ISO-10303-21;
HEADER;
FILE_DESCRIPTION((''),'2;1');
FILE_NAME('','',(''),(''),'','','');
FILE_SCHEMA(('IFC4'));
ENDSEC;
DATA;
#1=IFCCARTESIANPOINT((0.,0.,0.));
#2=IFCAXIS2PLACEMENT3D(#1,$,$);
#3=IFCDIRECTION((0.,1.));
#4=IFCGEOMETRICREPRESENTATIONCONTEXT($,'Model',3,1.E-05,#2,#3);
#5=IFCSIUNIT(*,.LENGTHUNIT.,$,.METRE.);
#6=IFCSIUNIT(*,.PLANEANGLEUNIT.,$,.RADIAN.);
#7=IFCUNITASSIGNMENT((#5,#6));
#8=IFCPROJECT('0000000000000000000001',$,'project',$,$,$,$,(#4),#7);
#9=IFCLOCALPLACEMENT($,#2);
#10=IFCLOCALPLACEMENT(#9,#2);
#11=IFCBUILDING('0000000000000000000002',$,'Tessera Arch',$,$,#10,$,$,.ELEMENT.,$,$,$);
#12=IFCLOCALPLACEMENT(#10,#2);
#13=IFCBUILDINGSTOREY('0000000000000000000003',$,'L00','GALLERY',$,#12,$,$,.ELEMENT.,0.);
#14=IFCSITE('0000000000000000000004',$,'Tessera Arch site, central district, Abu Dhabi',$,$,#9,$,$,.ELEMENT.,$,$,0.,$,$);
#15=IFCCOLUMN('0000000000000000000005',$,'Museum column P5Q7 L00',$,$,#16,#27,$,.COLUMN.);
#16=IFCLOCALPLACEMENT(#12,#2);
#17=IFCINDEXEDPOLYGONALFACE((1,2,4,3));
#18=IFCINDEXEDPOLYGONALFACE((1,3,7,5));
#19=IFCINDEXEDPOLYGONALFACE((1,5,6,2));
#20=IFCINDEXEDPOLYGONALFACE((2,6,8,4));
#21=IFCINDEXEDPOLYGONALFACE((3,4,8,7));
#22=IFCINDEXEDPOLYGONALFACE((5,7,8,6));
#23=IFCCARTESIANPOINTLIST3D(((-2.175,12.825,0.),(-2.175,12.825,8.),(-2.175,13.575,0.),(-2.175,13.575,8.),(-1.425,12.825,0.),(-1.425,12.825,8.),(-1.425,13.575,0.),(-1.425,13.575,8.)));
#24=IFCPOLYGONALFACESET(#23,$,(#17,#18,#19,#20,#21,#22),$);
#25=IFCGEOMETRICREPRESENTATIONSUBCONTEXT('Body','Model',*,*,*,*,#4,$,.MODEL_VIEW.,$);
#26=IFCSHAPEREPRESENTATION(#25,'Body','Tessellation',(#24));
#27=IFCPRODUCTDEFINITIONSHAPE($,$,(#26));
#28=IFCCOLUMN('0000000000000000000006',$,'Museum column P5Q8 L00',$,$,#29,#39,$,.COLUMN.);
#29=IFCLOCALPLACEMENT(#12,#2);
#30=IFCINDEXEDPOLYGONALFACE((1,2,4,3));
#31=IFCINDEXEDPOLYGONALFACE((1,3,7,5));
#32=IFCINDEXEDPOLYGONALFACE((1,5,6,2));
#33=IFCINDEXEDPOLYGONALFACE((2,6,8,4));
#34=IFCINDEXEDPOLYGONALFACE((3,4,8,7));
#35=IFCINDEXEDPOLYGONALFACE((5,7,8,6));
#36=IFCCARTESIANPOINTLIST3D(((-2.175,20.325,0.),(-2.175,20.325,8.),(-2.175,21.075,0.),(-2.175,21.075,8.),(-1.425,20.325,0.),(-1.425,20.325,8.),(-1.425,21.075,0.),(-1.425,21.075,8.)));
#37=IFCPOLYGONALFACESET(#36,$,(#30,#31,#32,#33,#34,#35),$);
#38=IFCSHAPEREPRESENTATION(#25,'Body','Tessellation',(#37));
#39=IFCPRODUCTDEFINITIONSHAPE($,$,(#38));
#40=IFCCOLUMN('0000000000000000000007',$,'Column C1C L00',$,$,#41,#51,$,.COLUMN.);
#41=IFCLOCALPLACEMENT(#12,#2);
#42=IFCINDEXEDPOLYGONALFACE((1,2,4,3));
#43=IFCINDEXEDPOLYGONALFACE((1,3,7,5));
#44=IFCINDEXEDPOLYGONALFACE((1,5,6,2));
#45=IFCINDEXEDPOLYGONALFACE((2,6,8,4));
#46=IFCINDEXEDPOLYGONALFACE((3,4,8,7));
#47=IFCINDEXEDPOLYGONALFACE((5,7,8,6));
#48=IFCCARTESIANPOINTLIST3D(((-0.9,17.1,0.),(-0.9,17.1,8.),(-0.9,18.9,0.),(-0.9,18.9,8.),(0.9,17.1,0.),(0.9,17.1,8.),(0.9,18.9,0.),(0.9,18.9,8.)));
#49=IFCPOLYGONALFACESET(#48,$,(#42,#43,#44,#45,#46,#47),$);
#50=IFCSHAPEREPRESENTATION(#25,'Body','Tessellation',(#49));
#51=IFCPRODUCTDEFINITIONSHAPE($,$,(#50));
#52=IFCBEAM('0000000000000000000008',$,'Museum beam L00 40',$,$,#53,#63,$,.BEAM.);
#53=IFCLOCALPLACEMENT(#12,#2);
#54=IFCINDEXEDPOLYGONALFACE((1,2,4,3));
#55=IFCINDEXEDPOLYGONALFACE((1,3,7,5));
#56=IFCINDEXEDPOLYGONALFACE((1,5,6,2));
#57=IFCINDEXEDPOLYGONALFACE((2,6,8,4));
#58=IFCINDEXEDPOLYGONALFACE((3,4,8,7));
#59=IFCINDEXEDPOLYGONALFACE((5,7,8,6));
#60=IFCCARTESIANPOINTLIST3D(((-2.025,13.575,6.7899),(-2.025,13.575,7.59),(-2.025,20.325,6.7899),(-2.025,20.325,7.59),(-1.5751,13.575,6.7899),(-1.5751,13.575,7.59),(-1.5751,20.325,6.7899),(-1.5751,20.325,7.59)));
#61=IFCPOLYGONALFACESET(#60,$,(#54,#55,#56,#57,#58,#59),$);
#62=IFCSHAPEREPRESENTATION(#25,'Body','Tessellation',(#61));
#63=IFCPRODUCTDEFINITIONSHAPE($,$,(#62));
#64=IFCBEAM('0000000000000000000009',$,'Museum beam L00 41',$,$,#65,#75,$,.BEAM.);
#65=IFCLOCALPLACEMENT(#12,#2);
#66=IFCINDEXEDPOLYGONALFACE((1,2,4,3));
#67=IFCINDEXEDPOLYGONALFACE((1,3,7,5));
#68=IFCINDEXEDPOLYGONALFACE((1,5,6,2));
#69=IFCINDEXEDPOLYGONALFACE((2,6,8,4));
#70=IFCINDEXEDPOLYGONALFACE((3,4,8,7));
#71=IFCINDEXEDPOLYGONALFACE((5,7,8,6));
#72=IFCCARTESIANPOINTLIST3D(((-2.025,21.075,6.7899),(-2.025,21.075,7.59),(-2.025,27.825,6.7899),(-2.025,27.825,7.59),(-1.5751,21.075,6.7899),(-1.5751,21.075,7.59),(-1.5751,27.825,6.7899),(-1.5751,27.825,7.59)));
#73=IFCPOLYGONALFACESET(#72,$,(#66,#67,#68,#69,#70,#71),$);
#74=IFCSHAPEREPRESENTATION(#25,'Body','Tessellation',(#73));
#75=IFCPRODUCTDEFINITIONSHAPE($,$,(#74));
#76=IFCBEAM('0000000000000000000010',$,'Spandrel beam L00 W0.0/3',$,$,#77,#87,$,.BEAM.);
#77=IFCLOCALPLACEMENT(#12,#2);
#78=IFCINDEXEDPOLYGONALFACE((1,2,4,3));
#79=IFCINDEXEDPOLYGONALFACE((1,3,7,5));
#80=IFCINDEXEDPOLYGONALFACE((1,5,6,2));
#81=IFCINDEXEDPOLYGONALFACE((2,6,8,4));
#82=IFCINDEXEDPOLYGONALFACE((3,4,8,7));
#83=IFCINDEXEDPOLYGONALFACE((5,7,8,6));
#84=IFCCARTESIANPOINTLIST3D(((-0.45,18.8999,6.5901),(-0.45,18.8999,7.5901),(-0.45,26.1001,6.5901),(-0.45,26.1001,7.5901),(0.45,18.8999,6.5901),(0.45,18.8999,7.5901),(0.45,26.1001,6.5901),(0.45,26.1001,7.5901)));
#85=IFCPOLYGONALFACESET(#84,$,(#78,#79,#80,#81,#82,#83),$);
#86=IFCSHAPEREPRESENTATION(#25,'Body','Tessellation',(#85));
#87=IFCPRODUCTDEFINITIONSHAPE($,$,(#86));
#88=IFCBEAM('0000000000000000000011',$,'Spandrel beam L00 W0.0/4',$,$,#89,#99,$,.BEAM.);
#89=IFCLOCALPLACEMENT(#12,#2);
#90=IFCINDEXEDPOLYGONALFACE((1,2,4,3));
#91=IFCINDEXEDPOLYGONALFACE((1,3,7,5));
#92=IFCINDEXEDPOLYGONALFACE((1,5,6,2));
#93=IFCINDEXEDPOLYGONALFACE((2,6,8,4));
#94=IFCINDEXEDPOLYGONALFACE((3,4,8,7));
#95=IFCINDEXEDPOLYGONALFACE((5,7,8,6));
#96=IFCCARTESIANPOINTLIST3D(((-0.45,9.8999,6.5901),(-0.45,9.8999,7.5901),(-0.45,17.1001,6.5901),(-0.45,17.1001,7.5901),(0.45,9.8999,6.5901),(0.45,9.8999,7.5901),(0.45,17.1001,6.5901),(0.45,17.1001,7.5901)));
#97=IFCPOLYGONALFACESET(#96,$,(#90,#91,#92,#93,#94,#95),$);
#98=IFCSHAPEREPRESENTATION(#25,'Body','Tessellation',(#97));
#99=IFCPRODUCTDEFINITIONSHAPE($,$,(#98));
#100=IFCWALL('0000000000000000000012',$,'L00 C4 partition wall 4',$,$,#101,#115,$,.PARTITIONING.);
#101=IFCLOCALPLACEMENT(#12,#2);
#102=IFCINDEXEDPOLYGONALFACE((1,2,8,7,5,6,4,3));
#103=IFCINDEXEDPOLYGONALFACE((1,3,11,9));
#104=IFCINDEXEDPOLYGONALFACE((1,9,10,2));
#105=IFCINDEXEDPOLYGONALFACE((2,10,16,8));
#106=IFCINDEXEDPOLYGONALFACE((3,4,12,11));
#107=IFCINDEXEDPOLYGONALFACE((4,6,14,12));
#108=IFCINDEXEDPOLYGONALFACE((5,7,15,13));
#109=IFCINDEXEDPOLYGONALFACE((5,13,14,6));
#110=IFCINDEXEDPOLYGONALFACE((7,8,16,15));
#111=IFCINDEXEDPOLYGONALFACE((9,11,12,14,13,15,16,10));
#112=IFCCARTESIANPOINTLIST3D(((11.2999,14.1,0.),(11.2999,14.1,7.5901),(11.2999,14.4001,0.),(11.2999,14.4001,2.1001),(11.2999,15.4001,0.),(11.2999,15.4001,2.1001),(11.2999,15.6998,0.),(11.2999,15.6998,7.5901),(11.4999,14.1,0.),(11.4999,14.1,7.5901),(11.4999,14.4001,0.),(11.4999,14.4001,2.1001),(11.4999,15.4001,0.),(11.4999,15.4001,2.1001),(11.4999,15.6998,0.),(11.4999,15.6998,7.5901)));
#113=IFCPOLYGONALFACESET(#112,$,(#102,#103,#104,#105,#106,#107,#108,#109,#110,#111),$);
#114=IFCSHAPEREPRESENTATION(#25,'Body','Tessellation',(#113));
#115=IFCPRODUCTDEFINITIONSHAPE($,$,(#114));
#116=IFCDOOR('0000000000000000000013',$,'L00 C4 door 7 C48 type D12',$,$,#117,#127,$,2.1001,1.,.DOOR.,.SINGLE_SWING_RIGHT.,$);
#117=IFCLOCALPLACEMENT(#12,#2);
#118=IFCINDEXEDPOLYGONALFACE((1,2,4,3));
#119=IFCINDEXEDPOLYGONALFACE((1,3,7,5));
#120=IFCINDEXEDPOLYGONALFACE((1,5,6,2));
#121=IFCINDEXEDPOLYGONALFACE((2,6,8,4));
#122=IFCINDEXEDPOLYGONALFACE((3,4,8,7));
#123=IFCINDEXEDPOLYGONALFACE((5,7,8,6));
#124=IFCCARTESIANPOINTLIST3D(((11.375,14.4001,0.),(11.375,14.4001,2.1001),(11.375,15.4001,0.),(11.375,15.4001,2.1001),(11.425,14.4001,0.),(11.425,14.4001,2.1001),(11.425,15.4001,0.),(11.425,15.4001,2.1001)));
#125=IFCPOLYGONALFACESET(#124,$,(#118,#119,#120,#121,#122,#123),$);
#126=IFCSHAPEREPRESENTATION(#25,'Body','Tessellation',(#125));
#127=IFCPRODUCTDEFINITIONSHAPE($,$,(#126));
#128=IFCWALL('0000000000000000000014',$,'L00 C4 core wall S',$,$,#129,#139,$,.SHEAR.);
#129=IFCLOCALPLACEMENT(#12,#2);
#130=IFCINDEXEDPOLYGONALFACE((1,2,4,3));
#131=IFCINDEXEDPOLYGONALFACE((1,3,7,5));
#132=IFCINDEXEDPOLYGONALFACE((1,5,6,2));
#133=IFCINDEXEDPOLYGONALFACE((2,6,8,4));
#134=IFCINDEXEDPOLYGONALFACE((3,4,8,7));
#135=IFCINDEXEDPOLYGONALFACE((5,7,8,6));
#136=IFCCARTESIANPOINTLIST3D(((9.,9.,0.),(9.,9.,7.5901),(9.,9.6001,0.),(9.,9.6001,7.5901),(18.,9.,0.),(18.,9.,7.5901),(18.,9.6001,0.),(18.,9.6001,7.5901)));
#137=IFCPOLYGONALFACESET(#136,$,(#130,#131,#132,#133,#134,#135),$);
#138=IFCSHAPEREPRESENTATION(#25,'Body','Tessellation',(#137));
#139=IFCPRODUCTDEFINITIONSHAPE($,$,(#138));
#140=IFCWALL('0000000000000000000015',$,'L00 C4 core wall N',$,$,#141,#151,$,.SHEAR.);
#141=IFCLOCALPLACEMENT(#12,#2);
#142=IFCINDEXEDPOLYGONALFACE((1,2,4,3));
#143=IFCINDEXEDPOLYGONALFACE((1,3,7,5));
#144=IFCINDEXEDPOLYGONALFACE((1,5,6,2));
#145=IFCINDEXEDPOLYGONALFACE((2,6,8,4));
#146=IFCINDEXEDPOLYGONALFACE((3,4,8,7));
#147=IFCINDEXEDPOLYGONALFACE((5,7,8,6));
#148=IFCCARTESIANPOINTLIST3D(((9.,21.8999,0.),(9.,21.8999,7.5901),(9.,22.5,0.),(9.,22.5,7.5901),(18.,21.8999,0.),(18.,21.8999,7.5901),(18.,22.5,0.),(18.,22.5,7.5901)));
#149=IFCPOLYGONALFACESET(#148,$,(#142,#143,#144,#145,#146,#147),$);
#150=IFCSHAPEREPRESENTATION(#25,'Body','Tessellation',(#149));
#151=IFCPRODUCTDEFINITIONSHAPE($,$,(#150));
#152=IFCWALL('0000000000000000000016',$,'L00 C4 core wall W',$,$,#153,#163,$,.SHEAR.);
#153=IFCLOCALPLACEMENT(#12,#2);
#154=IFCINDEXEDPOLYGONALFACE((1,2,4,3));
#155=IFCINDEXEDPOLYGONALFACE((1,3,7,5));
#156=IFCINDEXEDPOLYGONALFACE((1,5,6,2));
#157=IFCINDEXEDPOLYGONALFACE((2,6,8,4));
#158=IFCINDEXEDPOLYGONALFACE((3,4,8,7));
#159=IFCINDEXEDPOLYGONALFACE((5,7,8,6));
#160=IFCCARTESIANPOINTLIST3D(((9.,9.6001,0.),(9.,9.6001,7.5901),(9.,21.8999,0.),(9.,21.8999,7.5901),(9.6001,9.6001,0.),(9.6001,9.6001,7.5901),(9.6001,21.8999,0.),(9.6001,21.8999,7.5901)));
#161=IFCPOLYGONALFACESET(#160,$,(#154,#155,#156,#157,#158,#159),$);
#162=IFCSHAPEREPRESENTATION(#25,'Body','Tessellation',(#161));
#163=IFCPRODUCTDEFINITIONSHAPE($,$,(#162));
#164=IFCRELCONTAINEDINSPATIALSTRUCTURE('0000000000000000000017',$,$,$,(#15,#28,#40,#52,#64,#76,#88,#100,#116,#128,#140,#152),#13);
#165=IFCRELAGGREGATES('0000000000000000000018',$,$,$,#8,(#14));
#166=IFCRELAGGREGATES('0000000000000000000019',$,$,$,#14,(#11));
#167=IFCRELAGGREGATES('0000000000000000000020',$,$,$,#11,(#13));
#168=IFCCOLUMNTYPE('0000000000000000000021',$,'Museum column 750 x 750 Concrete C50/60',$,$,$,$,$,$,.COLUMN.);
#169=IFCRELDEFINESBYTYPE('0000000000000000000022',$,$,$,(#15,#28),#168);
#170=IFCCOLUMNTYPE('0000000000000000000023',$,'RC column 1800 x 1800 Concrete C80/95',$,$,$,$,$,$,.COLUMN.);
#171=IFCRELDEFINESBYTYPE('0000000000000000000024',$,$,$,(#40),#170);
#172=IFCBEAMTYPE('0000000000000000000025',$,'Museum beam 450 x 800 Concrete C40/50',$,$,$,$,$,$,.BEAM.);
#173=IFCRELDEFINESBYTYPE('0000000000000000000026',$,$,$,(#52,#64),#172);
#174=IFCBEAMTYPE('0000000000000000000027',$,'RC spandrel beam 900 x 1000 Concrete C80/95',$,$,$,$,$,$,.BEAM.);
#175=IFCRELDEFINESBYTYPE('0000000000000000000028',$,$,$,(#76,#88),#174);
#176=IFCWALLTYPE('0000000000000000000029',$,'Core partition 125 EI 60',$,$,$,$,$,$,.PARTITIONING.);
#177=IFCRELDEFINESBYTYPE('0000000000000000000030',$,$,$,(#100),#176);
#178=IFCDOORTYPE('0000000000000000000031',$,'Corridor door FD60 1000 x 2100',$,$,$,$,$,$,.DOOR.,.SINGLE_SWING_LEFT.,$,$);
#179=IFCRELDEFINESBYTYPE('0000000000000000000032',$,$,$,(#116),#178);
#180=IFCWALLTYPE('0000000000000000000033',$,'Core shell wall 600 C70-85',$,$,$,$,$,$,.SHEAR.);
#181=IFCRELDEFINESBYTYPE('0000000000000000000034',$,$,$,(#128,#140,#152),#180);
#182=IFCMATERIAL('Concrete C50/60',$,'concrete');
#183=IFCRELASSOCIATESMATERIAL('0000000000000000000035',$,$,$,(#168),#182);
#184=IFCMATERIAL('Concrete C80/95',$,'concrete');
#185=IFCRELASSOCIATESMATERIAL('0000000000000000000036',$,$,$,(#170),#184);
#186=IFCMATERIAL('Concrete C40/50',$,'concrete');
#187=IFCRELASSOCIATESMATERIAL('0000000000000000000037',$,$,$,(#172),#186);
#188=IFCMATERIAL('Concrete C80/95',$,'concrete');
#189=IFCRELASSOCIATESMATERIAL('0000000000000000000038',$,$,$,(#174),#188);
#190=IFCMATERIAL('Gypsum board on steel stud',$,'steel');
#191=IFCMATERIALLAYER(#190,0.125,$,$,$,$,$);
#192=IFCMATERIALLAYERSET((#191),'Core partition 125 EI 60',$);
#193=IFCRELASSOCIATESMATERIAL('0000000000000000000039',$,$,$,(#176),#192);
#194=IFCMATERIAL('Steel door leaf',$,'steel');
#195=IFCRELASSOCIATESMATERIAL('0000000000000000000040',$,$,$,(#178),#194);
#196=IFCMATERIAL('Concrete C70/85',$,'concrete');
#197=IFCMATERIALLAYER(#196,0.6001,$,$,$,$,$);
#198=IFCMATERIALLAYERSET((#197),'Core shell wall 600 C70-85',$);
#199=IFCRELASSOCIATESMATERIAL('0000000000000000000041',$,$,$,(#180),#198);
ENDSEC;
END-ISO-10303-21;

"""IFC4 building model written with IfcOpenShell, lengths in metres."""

from ifc_helpers import new_model, si_unit, direction, frame, frame_2d, origin, origin_2d, place, context, subcontext, project, spatial, rectangle, extrude, material, layer, layer_set, material_profile, profile_set, type_object, element, fill, save


model = new_model("IFC4")

# Units and contexts
model_context = context("Model", 3, precision=1e-05, world=origin(), true_north=direction((0.0, 1.0)))
body_context = subcontext(model_context, "Body", "Model", "MODEL_VIEW")
ifc_project = project(units=[si_unit("LENGTHUNIT", "METRE"), si_unit("PLANEANGLEUNIT", "RADIAN")], contexts=[model_context])

# Site, building, storey
site_placement = place(None, origin())
site = spatial("IfcSite", under=ifc_project, at=site_placement, Name="Tessera Arch site, central district, Abu Dhabi", CompositionType="ELEMENT", RefElevation=0.0)
building_placement = place(site_placement, origin())
building = spatial("IfcBuilding", under=site, at=building_placement, Name="Tessera Arch", CompositionType="ELEMENT")
storey_placement = place(building_placement, origin())
storey = spatial("IfcBuildingStorey", under=building, at=storey_placement, Name="L00", Description="GALLERY", CompositionType="ELEMENT", Elevation=0.0)

# Columns
ifc_material_1 = material(Name="Concrete C50/60", Category="concrete")
ifc_material_profile_1 = material_profile(ifc_material_1, rectangle(XDim=0.75, YDim=0.75, at=origin_2d()), Name="Museum column 750 x 750 Concrete C50/60")
ifc_profile_set_1 = profile_set([ifc_material_profile_1], Name="Concrete C50/60")
column_type_1 = type_object("IfcColumnType", Name="Museum column 750 x 750 Concrete C50/60", PredefinedType="COLUMN", material=ifc_profile_set_1)
for number, where, z_axis, x_axis, name in (
    (1, (-1.8, 13.2, 0.0), (0.0, 0.0, 1.0), (1.0, 0.0, 0.0), "Museum column P5Q7 L00"),
    (2, (-1.8, 20.7, 0.0), (0.0, 0.0, 1.0), (1.0, 0.0, 0.0), "Museum column P5Q8 L00"),
):
    element("IfcColumn", number, at=place(storey_placement, frame(where, z_axis=z_axis, x_axis=x_axis)), inside=storey, type_object=column_type_1, Name=name, PredefinedType="COLUMN", context=body_context, shape_type="SweptSolid", body=[
        extrude(rectangle(XDim=0.75, YDim=0.75, at=origin_2d()), origin(), (0.0, 0.0, 1.0), 8.0),
    ])
ifc_material_2 = material(Name="Concrete C80/95", Category="concrete")
ifc_material_profile_2 = material_profile(ifc_material_2, rectangle(XDim=1.8, YDim=1.8, at=origin_2d()), Name="RC column 1800 x 1800 Concrete C80/95")
ifc_profile_set_2 = profile_set([ifc_material_profile_2], Name="Concrete C80/95")
column_type_2 = type_object("IfcColumnType", Name="RC column 1800 x 1800 Concrete C80/95", PredefinedType="COLUMN", material=ifc_profile_set_2)
column_placement = place(storey_placement, frame((0.0, 18.0, 0.0), z_axis=(0.0, 0.0, 1.0), x_axis=(1.0, 0.0, 0.0)))
element("IfcColumn", 3, at=column_placement, inside=storey, type_object=column_type_2, Name="Column C1C L00", PredefinedType="COLUMN", context=body_context, shape_type="SweptSolid", body=[
    extrude(rectangle(XDim=1.8, YDim=1.8, at=origin_2d()), origin(), (0.0, 0.0, 1.0), 8.0),
])

# Beams
ifc_material_3 = material(Name="Concrete C40/50", Category="concrete")
ifc_material_profile_3 = material_profile(ifc_material_3, rectangle(XDim=0.45, YDim=0.8, at=origin_2d()), Name="Museum beam 450 x 800 Concrete C40/50")
ifc_profile_set_3 = profile_set([ifc_material_profile_3], Name="Concrete C40/50")
beam_type_1 = type_object("IfcBeamType", Name="Museum beam 450 x 800 Concrete C40/50", PredefinedType="BEAM", material=ifc_profile_set_3)
for number, where, z_axis, x_axis, name in (
    (4, (-1.8, 13.575, 7.1899), (0.0, 1.0, 0.0), (-1.0, 0.0, 0.0), "Museum beam L00 40"),
    (5, (-1.8, 21.075, 7.1899), (0.0, 1.0, 0.0), (-1.0, 0.0, 0.0), "Museum beam L00 41"),
):
    element("IfcBeam", number, at=place(storey_placement, frame(where, z_axis=z_axis, x_axis=x_axis)), inside=storey, type_object=beam_type_1, Name=name, PredefinedType="BEAM", context=body_context, shape_type="SweptSolid", body=[
        extrude(rectangle(XDim=0.45, YDim=0.8, at=origin_2d()), origin(), (0.0, 0.0, 1.0), 6.75),
    ])
ifc_material_4 = material(Name="Concrete C80/95", Category="concrete")
ifc_material_profile_4 = material_profile(ifc_material_4, rectangle(XDim=0.8999, YDim=1.0, at=origin_2d()), Name="RC spandrel beam 900 x 1000 Concrete C80/95")
ifc_profile_set_4 = profile_set([ifc_material_profile_4], Name="Concrete C80/95")
beam_type_2 = type_object("IfcBeamType", Name="RC spandrel beam 900 x 1000 Concrete C80/95", PredefinedType="BEAM", material=ifc_profile_set_4)
for number, where, z_axis, x_axis, name in (
    (6, (0.0, 26.1001, 7.0901), (0.0, -1.0, 0.0), (1.0, 0.0, 0.0), "Spandrel beam L00 W0.0/3"),
    (7, (0.0, 17.1001, 7.0901), (0.0, -1.0, 0.0), (1.0, 0.0, 0.0), "Spandrel beam L00 W0.0/4"),
):
    element("IfcBeam", number, at=place(storey_placement, frame(where, z_axis=z_axis, x_axis=x_axis)), inside=storey, type_object=beam_type_2, Name=name, PredefinedType="BEAM", context=body_context, shape_type="SweptSolid", body=[
        extrude(rectangle(XDim=0.8999, YDim=1.0, at=origin_2d()), origin(), (0.0, 0.0, 1.0), 7.2002),
    ])

# Wall, opening, door
ifc_material_5 = material(Name="Gypsum board on steel stud", Category="steel")
ifc_layer_1 = layer(ifc_material_5, 0.125)
ifc_layer_set_1 = layer_set([ifc_layer_1], Name="Core partition 125 EI 60")
wall_type_1 = type_object("IfcWallType", Name="Core partition 125 EI 60", PredefinedType="PARTITIONING", material=ifc_layer_set_1)
wall_1_placement = place(storey_placement, frame((11.3999, 14.1001, 0.0), z_axis=(0.0, 0.0, 1.0), x_axis=(0.0, 1.0, 0.0)))
wall_1 = element("IfcWall", 8, at=wall_1_placement, inside=storey, type_object=wall_type_1, Name="L00 C4 partition wall 4", PredefinedType="PARTITIONING", context=body_context, shape_type="SweptSolid", body=[
    extrude(rectangle(XDim=1.5999, YDim=0.2, at=frame_2d((0.7998, 0.0))), origin(), (0.0, 0.0, 1.0), 7.5901),
])
opening_1_placement = place(wall_1_placement, frame((0.3, 0.0, 0.0)))
opening_1 = element("IfcOpeningElement", 9, at=opening_1_placement, cuts=wall_1, PredefinedType="OPENING", context=body_context, shape_type="SweptSolid", body=[
    extrude(rectangle(XDim=1.0, YDim=2.1001, at=frame_2d((0.5, 1.05))), frame((0.0, 0.1099, 0.0), z_axis=(0.0, -1.0, 0.0), x_axis=(1.0, 0.0, 0.0)), (0.0, 0.0, 1.0), 0.22),
])
ifc_material_6 = material(Name="Steel door leaf", Category="steel")
door_type_1 = type_object("IfcDoorType", Name="Corridor door FD60 1000 x 2100", OperationType="SINGLE_SWING_LEFT", PredefinedType="DOOR", material=ifc_material_6)
door_1_placement = place(opening_1_placement, origin())
door_1 = element("IfcDoor", 10, at=door_1_placement, inside=storey, type_object=door_type_1, Name="L00 C4 door 7 C48 type D12", OperationType="SINGLE_SWING_RIGHT", OverallHeight=2.1001, OverallWidth=1.0, PredefinedType="DOOR", context=body_context, shape_type="SweptSolid", body=[
    extrude(rectangle(XDim=1.0, YDim=2.1001, at=frame_2d((0.5, 1.05))), frame((0.0, 0.0249, 0.0), z_axis=(0.0, -1.0, 0.0), x_axis=(1.0, 0.0, 0.0)), (0.0, 0.0, 1.0), 0.05),
])
fill(opening_1, door_1)

# Walls
ifc_material_7 = material(Name="Concrete C70/85", Category="concrete")
ifc_layer_2 = layer(ifc_material_7, 0.6001)
ifc_layer_set_2 = layer_set([ifc_layer_2], Name="Core shell wall 600 C70-85")
wall_type_2 = type_object("IfcWallType", Name="Core shell wall 600 C70-85", PredefinedType="SHEAR", material=ifc_layer_set_2)
for number, where, z_axis, x_axis, name in (
    (11, (9.0, 9.3, 0.0), (0.0, 0.0, 1.0), (1.0, 0.0, 0.0), "L00 C4 core wall S"),
    (12, (9.0, 22.2, 0.0), (0.0, 0.0, 1.0), (1.0, 0.0, 0.0), "L00 C4 core wall N"),
):
    element("IfcWall", number, at=place(storey_placement, frame(where, z_axis=z_axis, x_axis=x_axis)), inside=storey, type_object=wall_type_2, Name=name, PredefinedType="SHEAR", context=body_context, shape_type="SweptSolid", body=[
        extrude(rectangle(XDim=9.0, YDim=0.6001, at=frame_2d((4.5, 0.0))), origin(), (0.0, 0.0, 1.0), 7.5901),
    ])
wall_2_placement = place(storey_placement, frame((9.3, 9.6001, 0.0), z_axis=(0.0, 0.0, 1.0), x_axis=(0.0, 1.0, 0.0)))
element("IfcWall", 13, at=wall_2_placement, inside=storey, type_object=wall_type_2, Name="L00 C4 core wall W", PredefinedType="SHEAR", context=body_context, shape_type="SweptSolid", body=[
    extrude(rectangle(XDim=12.2998, YDim=0.6001, at=frame_2d((6.1499, 0.0))), origin(), (0.0, 0.0, 1.0), 7.5901),
])

save(model, "model.ifc")
